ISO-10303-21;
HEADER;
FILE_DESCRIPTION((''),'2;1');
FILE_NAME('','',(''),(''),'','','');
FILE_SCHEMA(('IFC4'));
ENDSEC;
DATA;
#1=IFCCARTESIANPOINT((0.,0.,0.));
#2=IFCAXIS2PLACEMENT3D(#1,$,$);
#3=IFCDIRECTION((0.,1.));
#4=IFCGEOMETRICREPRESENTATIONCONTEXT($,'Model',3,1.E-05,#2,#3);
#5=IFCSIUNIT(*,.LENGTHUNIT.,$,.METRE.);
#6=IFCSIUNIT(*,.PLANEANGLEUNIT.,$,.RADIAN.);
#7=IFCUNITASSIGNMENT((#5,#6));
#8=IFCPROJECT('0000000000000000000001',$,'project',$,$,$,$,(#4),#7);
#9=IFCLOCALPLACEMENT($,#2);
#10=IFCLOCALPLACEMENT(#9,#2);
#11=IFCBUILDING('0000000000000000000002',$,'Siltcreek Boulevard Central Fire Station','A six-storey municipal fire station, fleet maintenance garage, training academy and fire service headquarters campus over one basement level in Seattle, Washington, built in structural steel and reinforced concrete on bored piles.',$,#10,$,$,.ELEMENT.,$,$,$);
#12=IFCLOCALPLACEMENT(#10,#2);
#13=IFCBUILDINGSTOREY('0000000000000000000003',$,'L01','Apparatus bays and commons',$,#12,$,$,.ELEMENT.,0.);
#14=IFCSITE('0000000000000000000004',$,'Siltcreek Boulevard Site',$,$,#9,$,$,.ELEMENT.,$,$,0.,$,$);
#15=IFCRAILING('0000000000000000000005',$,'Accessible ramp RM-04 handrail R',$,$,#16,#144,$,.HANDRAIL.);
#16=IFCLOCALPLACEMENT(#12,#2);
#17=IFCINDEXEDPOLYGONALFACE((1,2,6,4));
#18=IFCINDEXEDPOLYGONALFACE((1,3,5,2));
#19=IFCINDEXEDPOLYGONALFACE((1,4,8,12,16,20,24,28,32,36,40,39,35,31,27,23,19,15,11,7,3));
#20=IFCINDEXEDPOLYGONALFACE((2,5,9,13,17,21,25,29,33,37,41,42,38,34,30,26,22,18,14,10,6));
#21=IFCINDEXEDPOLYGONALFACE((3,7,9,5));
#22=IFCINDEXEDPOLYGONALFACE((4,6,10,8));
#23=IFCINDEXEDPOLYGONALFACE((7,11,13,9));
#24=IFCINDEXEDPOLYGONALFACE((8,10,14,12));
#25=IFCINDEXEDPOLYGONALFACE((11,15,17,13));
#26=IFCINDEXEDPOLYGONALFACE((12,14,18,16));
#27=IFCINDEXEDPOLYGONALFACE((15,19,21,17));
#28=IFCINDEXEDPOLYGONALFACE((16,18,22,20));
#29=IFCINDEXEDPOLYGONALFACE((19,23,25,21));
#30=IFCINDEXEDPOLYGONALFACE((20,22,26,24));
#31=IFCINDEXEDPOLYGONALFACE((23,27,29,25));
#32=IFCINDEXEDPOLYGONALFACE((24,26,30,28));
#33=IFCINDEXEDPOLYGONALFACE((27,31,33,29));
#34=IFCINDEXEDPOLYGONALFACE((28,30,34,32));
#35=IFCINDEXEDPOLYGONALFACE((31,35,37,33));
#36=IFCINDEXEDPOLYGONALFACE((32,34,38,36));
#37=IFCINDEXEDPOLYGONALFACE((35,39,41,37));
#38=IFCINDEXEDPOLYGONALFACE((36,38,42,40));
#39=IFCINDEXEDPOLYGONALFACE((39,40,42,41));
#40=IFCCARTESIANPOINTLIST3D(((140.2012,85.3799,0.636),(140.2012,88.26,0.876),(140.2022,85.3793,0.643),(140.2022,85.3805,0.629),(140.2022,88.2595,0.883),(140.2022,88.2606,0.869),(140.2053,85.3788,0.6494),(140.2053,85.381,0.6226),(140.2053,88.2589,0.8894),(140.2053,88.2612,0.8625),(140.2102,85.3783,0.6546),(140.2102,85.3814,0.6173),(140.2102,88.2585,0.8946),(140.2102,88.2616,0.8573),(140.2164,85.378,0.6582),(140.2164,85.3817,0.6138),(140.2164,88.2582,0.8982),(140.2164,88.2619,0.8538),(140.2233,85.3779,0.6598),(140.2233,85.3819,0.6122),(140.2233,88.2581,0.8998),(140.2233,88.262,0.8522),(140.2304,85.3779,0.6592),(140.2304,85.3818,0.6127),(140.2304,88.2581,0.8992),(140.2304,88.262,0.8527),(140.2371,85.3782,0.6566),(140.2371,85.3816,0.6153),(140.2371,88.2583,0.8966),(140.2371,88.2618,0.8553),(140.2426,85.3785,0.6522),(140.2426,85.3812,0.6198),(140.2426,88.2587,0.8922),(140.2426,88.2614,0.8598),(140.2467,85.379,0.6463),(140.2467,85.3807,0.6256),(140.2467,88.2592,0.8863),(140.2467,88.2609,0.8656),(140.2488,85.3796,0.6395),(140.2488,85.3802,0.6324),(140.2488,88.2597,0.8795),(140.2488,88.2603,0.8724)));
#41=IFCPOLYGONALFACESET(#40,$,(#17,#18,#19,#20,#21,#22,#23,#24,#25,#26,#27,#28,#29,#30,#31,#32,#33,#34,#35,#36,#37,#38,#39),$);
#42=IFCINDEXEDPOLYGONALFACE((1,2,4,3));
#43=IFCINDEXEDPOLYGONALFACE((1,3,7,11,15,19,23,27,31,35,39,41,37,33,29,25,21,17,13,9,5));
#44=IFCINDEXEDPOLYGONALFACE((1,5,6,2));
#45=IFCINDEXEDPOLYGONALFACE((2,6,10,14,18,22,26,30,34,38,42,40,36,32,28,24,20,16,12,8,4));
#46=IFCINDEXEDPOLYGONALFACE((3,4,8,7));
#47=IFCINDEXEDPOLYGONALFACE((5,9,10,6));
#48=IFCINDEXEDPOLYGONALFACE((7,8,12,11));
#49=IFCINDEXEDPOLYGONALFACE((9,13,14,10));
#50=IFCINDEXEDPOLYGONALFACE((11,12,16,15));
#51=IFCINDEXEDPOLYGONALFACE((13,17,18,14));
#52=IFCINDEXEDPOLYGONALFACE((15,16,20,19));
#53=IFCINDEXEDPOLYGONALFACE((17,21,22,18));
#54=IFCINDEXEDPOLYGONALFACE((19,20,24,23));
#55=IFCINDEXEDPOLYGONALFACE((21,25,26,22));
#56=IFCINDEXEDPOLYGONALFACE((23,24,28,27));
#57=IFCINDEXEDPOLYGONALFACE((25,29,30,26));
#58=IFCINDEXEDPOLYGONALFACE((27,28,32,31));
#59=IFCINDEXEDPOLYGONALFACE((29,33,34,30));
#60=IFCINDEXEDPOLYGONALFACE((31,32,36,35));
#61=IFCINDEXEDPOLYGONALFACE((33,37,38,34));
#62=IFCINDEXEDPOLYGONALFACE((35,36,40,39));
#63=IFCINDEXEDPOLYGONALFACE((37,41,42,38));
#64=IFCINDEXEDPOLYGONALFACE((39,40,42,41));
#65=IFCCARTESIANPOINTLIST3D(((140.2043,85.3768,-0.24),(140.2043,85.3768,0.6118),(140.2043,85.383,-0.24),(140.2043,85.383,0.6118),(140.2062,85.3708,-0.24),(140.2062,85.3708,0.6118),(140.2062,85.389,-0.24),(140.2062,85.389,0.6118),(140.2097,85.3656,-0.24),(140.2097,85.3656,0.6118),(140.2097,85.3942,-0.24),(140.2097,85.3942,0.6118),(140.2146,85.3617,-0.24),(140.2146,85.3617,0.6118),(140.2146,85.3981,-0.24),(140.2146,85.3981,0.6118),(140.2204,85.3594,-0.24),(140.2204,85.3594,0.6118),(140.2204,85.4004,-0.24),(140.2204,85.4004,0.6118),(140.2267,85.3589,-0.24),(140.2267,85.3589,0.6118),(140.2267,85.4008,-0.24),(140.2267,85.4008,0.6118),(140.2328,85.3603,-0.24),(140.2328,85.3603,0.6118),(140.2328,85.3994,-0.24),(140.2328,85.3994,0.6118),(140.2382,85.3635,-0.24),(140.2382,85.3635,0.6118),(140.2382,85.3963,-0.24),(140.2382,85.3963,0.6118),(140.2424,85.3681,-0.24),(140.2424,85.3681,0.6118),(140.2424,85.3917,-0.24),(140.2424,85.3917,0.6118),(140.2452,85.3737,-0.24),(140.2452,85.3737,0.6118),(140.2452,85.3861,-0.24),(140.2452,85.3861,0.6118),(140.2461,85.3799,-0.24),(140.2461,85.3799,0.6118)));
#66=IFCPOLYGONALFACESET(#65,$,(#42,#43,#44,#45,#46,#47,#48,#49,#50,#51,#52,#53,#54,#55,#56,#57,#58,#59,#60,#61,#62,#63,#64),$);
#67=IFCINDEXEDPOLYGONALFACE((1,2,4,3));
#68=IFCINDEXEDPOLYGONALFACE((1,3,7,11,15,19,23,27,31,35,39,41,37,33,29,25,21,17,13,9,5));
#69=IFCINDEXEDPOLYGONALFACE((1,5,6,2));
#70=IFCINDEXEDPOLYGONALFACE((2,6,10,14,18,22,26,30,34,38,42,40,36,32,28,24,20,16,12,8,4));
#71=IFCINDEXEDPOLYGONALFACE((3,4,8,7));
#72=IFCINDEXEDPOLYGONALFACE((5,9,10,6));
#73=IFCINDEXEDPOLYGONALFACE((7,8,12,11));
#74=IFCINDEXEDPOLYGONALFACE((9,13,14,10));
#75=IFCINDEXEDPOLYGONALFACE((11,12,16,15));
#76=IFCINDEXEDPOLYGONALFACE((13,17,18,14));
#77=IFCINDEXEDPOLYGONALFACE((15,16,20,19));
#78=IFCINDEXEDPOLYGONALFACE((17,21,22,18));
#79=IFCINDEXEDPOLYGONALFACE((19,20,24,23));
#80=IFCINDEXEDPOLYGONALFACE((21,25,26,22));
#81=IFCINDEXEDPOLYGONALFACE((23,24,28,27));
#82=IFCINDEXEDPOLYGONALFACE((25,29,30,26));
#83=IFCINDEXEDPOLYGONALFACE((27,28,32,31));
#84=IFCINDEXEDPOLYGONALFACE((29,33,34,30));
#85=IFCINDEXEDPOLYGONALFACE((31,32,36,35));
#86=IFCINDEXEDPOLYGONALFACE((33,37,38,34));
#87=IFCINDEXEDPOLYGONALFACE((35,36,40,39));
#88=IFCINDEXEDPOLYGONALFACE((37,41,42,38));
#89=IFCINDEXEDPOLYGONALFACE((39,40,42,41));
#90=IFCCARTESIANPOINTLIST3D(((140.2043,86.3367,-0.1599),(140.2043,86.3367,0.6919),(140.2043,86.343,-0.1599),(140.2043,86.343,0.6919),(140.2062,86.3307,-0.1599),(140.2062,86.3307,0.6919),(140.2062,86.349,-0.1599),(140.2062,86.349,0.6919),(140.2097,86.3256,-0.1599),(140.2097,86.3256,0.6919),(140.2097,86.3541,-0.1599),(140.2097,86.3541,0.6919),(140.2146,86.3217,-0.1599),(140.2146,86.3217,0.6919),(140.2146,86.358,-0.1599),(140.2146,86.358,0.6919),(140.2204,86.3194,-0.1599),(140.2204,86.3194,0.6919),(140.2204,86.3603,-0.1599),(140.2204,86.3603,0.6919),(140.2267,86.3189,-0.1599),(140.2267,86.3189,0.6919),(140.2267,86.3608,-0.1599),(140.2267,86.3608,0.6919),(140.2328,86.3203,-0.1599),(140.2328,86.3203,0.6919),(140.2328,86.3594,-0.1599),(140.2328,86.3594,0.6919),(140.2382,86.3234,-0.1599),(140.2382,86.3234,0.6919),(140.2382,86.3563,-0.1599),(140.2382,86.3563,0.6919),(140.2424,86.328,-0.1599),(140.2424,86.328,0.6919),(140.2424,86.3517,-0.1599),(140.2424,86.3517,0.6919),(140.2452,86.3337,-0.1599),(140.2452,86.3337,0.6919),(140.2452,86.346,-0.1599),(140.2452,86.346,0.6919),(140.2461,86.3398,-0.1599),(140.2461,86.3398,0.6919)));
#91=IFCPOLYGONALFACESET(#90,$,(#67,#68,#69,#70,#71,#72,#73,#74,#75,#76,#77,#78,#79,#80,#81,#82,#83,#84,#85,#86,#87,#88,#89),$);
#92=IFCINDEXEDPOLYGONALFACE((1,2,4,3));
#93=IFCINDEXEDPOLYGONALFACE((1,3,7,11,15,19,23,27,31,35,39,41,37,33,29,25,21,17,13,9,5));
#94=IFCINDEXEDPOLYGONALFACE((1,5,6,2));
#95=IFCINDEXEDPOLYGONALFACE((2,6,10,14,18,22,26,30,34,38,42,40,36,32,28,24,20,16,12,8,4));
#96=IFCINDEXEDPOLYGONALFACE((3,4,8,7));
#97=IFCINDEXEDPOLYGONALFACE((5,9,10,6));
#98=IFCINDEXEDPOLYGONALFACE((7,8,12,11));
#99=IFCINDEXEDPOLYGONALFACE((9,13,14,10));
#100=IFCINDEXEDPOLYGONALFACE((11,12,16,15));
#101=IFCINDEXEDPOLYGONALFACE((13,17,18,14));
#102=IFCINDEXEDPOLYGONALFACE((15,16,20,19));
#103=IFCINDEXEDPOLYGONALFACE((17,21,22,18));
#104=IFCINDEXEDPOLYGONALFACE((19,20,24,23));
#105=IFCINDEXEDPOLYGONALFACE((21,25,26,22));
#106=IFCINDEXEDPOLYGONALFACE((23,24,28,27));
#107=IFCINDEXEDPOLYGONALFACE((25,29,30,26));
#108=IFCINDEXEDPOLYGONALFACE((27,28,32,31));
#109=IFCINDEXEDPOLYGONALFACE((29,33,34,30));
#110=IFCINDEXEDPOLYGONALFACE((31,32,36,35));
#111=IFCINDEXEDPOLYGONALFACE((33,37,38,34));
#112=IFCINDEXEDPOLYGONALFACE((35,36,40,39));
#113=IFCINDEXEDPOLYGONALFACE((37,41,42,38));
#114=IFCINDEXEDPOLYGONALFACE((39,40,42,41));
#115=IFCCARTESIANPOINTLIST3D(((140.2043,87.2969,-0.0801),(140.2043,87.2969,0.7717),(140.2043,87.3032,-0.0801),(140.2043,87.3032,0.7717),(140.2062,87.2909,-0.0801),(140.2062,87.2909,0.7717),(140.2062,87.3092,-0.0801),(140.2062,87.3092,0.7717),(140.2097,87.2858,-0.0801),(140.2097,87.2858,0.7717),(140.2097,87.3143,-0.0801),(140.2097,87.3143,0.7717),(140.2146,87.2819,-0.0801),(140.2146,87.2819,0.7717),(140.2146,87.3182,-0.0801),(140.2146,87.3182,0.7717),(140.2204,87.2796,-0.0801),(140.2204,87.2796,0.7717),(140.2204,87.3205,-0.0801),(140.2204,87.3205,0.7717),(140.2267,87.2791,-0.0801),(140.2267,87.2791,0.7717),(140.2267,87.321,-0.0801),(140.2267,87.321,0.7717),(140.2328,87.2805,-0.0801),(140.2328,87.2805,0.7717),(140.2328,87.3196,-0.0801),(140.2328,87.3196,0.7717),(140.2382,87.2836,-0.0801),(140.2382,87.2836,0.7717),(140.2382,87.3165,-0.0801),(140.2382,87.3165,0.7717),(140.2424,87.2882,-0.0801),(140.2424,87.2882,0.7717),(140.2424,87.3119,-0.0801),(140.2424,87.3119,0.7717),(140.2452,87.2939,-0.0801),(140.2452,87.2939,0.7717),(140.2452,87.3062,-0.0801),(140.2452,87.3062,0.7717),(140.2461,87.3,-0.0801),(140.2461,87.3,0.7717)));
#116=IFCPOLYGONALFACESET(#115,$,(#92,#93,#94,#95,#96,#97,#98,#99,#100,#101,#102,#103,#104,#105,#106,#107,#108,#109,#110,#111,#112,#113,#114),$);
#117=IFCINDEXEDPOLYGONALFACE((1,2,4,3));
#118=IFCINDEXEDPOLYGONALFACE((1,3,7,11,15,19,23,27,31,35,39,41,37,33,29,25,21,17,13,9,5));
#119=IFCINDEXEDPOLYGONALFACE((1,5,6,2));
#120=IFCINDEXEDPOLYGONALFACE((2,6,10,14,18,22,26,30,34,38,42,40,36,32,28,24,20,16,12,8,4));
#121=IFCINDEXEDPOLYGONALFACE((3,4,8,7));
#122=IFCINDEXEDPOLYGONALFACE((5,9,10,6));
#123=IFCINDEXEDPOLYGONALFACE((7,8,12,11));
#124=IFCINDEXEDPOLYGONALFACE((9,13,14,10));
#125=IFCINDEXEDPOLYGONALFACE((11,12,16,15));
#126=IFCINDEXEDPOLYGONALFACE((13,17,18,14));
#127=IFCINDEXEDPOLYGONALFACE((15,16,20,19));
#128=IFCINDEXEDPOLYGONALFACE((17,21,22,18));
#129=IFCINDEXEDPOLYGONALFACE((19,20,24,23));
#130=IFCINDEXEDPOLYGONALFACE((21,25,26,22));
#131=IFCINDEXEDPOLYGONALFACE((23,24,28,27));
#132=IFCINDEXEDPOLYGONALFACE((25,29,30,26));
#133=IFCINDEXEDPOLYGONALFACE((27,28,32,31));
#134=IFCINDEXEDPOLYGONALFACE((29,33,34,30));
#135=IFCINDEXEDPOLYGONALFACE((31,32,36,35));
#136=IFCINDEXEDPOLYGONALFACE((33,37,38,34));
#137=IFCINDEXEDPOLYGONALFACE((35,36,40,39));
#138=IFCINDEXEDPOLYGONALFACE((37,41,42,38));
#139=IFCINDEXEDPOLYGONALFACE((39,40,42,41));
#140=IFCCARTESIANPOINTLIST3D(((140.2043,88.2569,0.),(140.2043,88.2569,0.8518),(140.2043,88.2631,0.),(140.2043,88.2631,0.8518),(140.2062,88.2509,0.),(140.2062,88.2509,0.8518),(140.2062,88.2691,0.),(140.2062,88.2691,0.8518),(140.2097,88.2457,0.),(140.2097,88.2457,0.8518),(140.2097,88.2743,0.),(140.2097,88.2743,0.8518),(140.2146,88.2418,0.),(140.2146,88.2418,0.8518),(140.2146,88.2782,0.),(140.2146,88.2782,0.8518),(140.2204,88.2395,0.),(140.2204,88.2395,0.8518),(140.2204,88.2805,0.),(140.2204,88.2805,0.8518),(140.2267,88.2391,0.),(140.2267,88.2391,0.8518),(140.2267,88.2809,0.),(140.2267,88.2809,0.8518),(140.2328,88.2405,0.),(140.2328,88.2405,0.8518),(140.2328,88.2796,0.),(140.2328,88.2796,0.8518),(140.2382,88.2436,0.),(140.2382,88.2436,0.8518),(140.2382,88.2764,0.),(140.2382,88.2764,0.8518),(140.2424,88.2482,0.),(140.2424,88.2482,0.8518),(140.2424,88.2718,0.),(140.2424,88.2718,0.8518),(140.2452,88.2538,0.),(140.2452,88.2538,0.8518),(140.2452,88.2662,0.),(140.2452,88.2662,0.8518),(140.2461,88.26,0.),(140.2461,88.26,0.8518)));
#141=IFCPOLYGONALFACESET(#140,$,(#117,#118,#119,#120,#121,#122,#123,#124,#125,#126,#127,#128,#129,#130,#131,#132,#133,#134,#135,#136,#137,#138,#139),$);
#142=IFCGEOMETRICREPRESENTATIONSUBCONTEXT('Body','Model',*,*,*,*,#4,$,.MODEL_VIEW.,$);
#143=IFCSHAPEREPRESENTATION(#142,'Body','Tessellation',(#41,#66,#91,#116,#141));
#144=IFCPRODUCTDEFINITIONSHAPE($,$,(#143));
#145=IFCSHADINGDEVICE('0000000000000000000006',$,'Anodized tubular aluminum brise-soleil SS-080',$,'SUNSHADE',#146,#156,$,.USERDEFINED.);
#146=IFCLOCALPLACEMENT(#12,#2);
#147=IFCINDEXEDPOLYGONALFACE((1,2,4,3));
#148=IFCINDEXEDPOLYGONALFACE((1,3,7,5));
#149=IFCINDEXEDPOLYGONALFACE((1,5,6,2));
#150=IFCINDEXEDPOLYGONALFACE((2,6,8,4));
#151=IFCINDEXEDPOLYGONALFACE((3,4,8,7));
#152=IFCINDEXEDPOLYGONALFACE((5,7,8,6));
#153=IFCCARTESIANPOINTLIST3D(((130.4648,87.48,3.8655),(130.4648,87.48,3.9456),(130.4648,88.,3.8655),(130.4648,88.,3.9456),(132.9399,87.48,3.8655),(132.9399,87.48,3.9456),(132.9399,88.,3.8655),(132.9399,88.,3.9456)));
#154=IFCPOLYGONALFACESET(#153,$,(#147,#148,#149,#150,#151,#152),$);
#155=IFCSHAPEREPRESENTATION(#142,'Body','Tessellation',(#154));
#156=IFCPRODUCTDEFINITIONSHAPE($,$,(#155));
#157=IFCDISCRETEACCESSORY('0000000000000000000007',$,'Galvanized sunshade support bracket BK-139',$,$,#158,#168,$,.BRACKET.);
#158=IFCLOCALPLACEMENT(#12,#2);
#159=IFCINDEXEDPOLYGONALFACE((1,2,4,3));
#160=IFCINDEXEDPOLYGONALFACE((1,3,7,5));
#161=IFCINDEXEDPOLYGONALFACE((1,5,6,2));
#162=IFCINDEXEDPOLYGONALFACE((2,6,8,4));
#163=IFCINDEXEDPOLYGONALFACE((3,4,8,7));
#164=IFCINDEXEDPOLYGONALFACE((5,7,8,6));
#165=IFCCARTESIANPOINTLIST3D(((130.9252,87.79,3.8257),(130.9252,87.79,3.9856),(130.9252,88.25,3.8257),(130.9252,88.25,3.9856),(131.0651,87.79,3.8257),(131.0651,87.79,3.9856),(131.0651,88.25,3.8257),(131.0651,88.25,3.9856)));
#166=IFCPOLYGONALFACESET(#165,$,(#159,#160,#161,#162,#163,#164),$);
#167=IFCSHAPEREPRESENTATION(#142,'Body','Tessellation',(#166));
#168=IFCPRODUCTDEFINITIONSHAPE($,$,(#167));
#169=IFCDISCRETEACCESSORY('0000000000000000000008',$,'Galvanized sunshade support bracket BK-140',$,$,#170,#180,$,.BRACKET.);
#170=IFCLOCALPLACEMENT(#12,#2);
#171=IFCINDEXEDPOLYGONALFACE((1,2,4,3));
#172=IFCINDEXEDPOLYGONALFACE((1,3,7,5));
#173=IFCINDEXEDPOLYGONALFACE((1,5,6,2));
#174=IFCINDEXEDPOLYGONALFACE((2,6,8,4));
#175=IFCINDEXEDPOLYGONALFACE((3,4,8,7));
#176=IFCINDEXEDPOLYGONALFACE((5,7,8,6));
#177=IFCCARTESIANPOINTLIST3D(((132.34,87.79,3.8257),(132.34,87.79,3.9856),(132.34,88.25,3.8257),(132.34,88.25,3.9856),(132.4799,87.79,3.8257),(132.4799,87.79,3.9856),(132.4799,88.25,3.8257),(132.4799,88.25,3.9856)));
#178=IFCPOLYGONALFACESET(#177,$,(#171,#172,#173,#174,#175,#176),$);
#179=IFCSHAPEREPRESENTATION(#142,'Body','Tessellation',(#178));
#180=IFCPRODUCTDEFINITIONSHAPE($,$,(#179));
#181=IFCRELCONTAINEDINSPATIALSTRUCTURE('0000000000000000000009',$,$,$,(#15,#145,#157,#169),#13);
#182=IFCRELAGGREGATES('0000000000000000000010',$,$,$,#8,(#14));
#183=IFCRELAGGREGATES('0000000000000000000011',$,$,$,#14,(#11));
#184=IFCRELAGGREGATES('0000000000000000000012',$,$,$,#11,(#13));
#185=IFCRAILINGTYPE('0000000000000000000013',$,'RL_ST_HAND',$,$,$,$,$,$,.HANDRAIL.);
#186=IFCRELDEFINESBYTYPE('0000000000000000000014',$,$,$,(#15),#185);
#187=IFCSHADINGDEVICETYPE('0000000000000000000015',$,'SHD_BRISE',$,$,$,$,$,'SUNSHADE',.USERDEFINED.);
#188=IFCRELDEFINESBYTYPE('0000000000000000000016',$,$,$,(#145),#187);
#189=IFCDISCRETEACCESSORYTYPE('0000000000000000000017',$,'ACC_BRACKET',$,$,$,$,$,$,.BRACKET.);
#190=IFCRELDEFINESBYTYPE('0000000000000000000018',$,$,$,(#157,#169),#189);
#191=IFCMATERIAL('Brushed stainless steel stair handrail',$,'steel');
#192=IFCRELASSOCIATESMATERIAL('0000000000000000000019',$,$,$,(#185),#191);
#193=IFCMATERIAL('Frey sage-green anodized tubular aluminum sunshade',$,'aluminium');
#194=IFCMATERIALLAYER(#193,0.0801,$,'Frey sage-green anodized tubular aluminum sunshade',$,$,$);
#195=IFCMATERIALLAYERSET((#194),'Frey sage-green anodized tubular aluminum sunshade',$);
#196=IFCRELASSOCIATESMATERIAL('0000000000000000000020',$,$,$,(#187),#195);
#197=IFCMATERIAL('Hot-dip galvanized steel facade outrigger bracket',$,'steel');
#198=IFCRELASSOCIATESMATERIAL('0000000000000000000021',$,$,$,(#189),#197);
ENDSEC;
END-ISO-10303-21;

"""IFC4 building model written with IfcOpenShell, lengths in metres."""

from ifc_helpers import new_model, si_unit, direction, frame, origin, origin_2d, place, context, subcontext, project, spatial, rectangle, circle, extrude, material, layer, layer_set, type_object, element, save


model = new_model("IFC4")

# Units and contexts
model_context = context("Model", 3, precision=1e-05, world=origin(), true_north=direction((0.0, 1.0)))
body_context = subcontext(model_context, "Body", "Model", "MODEL_VIEW")
ifc_project = project(units=[si_unit("LENGTHUNIT", "METRE"), si_unit("PLANEANGLEUNIT", "RADIAN")], contexts=[model_context])

# Site, building, storey
site_placement = place(None, origin())
site = spatial("IfcSite", under=ifc_project, at=site_placement, Name="Siltcreek Boulevard Site", CompositionType="ELEMENT", RefElevation=0.0)
building_placement = place(site_placement, origin())
building = spatial("IfcBuilding", under=site, at=building_placement, Name="Siltcreek Boulevard Central Fire Station", Description="A six-storey municipal fire station, fleet maintenance garage, training academy and fire service headquarters campus over one basement level in Seattle, Washington, built in structural steel and reinforced concrete on bored piles.", CompositionType="ELEMENT")
storey_placement = place(building_placement, origin())
storey = spatial("IfcBuildingStorey", under=building, at=storey_placement, Name="L01", Description="Apparatus bays and commons", CompositionType="ELEMENT", Elevation=0.0)

# Railing
ifc_material_1 = material(Name="Brushed stainless steel stair handrail", Category="steel")
railing_type = type_object("IfcRailingType", Name="RL_ST_HAND", PredefinedType="HANDRAIL", material=ifc_material_1)
for number, where, name in (
    (1, (140.2251, 85.3799, -0.24), "Accessible ramp RM-04 handrail R"),
):
    element("IfcRailing", number, at=place(storey_placement, frame(where)), inside=storey, type_object=railing_type, Name=name, PredefinedType="HANDRAIL", context=body_context, shape_type="SweptSolid", body=[
        extrude(circle(Radius=0.0239, at=origin_2d()), frame((0.0, 0.0, 0.876), z_axis=(0.0, 0.996546, 0.083038), x_axis=(-1.0, 0.0, 0.0)), (0.0, 0.0, 1.0), 2.8901),
        extrude(circle(Radius=0.021, at=origin_2d()), origin(), (0.0, 0.0, 1.0), 0.8518),
        extrude(circle(Radius=0.021, at=origin_2d()), frame((0.0, 0.96, 0.0801)), (0.0, 0.0, 1.0), 0.8518),
        extrude(circle(Radius=0.021, at=origin_2d()), frame((0.0, 1.9202, 0.1599)), (0.0, 0.0, 1.0), 0.8518),
        extrude(circle(Radius=0.021, at=origin_2d()), frame((0.0, 2.8801, 0.24)), (0.0, 0.0, 1.0), 0.8518),
    ])

# Shading device
ifc_material_2 = material(Name="Frey sage-green anodized tubular aluminum sunshade", Category="aluminium")
ifc_layer_1 = layer(ifc_material_2, 0.0801, Name="Frey sage-green anodized tubular aluminum sunshade")
ifc_layer_set_1 = layer_set([ifc_layer_1], Name="Frey sage-green anodized tubular aluminum sunshade")
shading_device_type = type_object("IfcShadingDeviceType", Name="SHD_BRISE", ElementType="SUNSHADE", PredefinedType="USERDEFINED", material=ifc_layer_set_1)
shading_device_placement = place(storey_placement, frame((131.7024, 87.74, 3.8655), z_axis=(0.0, 0.0, 1.0), x_axis=(1.0, 0.0, 0.0)))
element("IfcShadingDevice", 2, at=shading_device_placement, inside=storey, type_object=shading_device_type, Name="Anodized tubular aluminum brise-soleil SS-080", ObjectType="SUNSHADE", PredefinedType="USERDEFINED", context=body_context, shape_type="SweptSolid", body=[
    extrude(rectangle(XDim=2.4751, YDim=0.52, at=origin_2d()), origin(), (0.0, 0.0, 1.0), 0.0801),
])

# Discrete accessories
ifc_material_3 = material(Name="Hot-dip galvanized steel facade outrigger bracket", Category="steel")
discrete_accessory_type = type_object("IfcDiscreteAccessoryType", Name="ACC_BRACKET", PredefinedType="BRACKET", material=ifc_material_3)
for number, where, z_axis, x_axis, name in (
    (3, (130.9951, 88.02, 3.8257), (0.0, 0.0, 1.0), (1.0, 0.0, 0.0), "Galvanized sunshade support bracket BK-139"),
    (4, (132.4099, 88.02, 3.8257), (0.0, 0.0, 1.0), (1.0, 0.0, 0.0), "Galvanized sunshade support bracket BK-140"),
):
    element("IfcDiscreteAccessory", number, at=place(storey_placement, frame(where, z_axis=z_axis, x_axis=x_axis)), inside=storey, type_object=discrete_accessory_type, Name=name, PredefinedType="BRACKET", context=body_context, shape_type="SweptSolid", body=[
        extrude(rectangle(XDim=0.1399, YDim=0.46, at=origin_2d()), origin(), (0.0, 0.0, 1.0), 0.1599),
    ])

save(model, "model.ifc")
